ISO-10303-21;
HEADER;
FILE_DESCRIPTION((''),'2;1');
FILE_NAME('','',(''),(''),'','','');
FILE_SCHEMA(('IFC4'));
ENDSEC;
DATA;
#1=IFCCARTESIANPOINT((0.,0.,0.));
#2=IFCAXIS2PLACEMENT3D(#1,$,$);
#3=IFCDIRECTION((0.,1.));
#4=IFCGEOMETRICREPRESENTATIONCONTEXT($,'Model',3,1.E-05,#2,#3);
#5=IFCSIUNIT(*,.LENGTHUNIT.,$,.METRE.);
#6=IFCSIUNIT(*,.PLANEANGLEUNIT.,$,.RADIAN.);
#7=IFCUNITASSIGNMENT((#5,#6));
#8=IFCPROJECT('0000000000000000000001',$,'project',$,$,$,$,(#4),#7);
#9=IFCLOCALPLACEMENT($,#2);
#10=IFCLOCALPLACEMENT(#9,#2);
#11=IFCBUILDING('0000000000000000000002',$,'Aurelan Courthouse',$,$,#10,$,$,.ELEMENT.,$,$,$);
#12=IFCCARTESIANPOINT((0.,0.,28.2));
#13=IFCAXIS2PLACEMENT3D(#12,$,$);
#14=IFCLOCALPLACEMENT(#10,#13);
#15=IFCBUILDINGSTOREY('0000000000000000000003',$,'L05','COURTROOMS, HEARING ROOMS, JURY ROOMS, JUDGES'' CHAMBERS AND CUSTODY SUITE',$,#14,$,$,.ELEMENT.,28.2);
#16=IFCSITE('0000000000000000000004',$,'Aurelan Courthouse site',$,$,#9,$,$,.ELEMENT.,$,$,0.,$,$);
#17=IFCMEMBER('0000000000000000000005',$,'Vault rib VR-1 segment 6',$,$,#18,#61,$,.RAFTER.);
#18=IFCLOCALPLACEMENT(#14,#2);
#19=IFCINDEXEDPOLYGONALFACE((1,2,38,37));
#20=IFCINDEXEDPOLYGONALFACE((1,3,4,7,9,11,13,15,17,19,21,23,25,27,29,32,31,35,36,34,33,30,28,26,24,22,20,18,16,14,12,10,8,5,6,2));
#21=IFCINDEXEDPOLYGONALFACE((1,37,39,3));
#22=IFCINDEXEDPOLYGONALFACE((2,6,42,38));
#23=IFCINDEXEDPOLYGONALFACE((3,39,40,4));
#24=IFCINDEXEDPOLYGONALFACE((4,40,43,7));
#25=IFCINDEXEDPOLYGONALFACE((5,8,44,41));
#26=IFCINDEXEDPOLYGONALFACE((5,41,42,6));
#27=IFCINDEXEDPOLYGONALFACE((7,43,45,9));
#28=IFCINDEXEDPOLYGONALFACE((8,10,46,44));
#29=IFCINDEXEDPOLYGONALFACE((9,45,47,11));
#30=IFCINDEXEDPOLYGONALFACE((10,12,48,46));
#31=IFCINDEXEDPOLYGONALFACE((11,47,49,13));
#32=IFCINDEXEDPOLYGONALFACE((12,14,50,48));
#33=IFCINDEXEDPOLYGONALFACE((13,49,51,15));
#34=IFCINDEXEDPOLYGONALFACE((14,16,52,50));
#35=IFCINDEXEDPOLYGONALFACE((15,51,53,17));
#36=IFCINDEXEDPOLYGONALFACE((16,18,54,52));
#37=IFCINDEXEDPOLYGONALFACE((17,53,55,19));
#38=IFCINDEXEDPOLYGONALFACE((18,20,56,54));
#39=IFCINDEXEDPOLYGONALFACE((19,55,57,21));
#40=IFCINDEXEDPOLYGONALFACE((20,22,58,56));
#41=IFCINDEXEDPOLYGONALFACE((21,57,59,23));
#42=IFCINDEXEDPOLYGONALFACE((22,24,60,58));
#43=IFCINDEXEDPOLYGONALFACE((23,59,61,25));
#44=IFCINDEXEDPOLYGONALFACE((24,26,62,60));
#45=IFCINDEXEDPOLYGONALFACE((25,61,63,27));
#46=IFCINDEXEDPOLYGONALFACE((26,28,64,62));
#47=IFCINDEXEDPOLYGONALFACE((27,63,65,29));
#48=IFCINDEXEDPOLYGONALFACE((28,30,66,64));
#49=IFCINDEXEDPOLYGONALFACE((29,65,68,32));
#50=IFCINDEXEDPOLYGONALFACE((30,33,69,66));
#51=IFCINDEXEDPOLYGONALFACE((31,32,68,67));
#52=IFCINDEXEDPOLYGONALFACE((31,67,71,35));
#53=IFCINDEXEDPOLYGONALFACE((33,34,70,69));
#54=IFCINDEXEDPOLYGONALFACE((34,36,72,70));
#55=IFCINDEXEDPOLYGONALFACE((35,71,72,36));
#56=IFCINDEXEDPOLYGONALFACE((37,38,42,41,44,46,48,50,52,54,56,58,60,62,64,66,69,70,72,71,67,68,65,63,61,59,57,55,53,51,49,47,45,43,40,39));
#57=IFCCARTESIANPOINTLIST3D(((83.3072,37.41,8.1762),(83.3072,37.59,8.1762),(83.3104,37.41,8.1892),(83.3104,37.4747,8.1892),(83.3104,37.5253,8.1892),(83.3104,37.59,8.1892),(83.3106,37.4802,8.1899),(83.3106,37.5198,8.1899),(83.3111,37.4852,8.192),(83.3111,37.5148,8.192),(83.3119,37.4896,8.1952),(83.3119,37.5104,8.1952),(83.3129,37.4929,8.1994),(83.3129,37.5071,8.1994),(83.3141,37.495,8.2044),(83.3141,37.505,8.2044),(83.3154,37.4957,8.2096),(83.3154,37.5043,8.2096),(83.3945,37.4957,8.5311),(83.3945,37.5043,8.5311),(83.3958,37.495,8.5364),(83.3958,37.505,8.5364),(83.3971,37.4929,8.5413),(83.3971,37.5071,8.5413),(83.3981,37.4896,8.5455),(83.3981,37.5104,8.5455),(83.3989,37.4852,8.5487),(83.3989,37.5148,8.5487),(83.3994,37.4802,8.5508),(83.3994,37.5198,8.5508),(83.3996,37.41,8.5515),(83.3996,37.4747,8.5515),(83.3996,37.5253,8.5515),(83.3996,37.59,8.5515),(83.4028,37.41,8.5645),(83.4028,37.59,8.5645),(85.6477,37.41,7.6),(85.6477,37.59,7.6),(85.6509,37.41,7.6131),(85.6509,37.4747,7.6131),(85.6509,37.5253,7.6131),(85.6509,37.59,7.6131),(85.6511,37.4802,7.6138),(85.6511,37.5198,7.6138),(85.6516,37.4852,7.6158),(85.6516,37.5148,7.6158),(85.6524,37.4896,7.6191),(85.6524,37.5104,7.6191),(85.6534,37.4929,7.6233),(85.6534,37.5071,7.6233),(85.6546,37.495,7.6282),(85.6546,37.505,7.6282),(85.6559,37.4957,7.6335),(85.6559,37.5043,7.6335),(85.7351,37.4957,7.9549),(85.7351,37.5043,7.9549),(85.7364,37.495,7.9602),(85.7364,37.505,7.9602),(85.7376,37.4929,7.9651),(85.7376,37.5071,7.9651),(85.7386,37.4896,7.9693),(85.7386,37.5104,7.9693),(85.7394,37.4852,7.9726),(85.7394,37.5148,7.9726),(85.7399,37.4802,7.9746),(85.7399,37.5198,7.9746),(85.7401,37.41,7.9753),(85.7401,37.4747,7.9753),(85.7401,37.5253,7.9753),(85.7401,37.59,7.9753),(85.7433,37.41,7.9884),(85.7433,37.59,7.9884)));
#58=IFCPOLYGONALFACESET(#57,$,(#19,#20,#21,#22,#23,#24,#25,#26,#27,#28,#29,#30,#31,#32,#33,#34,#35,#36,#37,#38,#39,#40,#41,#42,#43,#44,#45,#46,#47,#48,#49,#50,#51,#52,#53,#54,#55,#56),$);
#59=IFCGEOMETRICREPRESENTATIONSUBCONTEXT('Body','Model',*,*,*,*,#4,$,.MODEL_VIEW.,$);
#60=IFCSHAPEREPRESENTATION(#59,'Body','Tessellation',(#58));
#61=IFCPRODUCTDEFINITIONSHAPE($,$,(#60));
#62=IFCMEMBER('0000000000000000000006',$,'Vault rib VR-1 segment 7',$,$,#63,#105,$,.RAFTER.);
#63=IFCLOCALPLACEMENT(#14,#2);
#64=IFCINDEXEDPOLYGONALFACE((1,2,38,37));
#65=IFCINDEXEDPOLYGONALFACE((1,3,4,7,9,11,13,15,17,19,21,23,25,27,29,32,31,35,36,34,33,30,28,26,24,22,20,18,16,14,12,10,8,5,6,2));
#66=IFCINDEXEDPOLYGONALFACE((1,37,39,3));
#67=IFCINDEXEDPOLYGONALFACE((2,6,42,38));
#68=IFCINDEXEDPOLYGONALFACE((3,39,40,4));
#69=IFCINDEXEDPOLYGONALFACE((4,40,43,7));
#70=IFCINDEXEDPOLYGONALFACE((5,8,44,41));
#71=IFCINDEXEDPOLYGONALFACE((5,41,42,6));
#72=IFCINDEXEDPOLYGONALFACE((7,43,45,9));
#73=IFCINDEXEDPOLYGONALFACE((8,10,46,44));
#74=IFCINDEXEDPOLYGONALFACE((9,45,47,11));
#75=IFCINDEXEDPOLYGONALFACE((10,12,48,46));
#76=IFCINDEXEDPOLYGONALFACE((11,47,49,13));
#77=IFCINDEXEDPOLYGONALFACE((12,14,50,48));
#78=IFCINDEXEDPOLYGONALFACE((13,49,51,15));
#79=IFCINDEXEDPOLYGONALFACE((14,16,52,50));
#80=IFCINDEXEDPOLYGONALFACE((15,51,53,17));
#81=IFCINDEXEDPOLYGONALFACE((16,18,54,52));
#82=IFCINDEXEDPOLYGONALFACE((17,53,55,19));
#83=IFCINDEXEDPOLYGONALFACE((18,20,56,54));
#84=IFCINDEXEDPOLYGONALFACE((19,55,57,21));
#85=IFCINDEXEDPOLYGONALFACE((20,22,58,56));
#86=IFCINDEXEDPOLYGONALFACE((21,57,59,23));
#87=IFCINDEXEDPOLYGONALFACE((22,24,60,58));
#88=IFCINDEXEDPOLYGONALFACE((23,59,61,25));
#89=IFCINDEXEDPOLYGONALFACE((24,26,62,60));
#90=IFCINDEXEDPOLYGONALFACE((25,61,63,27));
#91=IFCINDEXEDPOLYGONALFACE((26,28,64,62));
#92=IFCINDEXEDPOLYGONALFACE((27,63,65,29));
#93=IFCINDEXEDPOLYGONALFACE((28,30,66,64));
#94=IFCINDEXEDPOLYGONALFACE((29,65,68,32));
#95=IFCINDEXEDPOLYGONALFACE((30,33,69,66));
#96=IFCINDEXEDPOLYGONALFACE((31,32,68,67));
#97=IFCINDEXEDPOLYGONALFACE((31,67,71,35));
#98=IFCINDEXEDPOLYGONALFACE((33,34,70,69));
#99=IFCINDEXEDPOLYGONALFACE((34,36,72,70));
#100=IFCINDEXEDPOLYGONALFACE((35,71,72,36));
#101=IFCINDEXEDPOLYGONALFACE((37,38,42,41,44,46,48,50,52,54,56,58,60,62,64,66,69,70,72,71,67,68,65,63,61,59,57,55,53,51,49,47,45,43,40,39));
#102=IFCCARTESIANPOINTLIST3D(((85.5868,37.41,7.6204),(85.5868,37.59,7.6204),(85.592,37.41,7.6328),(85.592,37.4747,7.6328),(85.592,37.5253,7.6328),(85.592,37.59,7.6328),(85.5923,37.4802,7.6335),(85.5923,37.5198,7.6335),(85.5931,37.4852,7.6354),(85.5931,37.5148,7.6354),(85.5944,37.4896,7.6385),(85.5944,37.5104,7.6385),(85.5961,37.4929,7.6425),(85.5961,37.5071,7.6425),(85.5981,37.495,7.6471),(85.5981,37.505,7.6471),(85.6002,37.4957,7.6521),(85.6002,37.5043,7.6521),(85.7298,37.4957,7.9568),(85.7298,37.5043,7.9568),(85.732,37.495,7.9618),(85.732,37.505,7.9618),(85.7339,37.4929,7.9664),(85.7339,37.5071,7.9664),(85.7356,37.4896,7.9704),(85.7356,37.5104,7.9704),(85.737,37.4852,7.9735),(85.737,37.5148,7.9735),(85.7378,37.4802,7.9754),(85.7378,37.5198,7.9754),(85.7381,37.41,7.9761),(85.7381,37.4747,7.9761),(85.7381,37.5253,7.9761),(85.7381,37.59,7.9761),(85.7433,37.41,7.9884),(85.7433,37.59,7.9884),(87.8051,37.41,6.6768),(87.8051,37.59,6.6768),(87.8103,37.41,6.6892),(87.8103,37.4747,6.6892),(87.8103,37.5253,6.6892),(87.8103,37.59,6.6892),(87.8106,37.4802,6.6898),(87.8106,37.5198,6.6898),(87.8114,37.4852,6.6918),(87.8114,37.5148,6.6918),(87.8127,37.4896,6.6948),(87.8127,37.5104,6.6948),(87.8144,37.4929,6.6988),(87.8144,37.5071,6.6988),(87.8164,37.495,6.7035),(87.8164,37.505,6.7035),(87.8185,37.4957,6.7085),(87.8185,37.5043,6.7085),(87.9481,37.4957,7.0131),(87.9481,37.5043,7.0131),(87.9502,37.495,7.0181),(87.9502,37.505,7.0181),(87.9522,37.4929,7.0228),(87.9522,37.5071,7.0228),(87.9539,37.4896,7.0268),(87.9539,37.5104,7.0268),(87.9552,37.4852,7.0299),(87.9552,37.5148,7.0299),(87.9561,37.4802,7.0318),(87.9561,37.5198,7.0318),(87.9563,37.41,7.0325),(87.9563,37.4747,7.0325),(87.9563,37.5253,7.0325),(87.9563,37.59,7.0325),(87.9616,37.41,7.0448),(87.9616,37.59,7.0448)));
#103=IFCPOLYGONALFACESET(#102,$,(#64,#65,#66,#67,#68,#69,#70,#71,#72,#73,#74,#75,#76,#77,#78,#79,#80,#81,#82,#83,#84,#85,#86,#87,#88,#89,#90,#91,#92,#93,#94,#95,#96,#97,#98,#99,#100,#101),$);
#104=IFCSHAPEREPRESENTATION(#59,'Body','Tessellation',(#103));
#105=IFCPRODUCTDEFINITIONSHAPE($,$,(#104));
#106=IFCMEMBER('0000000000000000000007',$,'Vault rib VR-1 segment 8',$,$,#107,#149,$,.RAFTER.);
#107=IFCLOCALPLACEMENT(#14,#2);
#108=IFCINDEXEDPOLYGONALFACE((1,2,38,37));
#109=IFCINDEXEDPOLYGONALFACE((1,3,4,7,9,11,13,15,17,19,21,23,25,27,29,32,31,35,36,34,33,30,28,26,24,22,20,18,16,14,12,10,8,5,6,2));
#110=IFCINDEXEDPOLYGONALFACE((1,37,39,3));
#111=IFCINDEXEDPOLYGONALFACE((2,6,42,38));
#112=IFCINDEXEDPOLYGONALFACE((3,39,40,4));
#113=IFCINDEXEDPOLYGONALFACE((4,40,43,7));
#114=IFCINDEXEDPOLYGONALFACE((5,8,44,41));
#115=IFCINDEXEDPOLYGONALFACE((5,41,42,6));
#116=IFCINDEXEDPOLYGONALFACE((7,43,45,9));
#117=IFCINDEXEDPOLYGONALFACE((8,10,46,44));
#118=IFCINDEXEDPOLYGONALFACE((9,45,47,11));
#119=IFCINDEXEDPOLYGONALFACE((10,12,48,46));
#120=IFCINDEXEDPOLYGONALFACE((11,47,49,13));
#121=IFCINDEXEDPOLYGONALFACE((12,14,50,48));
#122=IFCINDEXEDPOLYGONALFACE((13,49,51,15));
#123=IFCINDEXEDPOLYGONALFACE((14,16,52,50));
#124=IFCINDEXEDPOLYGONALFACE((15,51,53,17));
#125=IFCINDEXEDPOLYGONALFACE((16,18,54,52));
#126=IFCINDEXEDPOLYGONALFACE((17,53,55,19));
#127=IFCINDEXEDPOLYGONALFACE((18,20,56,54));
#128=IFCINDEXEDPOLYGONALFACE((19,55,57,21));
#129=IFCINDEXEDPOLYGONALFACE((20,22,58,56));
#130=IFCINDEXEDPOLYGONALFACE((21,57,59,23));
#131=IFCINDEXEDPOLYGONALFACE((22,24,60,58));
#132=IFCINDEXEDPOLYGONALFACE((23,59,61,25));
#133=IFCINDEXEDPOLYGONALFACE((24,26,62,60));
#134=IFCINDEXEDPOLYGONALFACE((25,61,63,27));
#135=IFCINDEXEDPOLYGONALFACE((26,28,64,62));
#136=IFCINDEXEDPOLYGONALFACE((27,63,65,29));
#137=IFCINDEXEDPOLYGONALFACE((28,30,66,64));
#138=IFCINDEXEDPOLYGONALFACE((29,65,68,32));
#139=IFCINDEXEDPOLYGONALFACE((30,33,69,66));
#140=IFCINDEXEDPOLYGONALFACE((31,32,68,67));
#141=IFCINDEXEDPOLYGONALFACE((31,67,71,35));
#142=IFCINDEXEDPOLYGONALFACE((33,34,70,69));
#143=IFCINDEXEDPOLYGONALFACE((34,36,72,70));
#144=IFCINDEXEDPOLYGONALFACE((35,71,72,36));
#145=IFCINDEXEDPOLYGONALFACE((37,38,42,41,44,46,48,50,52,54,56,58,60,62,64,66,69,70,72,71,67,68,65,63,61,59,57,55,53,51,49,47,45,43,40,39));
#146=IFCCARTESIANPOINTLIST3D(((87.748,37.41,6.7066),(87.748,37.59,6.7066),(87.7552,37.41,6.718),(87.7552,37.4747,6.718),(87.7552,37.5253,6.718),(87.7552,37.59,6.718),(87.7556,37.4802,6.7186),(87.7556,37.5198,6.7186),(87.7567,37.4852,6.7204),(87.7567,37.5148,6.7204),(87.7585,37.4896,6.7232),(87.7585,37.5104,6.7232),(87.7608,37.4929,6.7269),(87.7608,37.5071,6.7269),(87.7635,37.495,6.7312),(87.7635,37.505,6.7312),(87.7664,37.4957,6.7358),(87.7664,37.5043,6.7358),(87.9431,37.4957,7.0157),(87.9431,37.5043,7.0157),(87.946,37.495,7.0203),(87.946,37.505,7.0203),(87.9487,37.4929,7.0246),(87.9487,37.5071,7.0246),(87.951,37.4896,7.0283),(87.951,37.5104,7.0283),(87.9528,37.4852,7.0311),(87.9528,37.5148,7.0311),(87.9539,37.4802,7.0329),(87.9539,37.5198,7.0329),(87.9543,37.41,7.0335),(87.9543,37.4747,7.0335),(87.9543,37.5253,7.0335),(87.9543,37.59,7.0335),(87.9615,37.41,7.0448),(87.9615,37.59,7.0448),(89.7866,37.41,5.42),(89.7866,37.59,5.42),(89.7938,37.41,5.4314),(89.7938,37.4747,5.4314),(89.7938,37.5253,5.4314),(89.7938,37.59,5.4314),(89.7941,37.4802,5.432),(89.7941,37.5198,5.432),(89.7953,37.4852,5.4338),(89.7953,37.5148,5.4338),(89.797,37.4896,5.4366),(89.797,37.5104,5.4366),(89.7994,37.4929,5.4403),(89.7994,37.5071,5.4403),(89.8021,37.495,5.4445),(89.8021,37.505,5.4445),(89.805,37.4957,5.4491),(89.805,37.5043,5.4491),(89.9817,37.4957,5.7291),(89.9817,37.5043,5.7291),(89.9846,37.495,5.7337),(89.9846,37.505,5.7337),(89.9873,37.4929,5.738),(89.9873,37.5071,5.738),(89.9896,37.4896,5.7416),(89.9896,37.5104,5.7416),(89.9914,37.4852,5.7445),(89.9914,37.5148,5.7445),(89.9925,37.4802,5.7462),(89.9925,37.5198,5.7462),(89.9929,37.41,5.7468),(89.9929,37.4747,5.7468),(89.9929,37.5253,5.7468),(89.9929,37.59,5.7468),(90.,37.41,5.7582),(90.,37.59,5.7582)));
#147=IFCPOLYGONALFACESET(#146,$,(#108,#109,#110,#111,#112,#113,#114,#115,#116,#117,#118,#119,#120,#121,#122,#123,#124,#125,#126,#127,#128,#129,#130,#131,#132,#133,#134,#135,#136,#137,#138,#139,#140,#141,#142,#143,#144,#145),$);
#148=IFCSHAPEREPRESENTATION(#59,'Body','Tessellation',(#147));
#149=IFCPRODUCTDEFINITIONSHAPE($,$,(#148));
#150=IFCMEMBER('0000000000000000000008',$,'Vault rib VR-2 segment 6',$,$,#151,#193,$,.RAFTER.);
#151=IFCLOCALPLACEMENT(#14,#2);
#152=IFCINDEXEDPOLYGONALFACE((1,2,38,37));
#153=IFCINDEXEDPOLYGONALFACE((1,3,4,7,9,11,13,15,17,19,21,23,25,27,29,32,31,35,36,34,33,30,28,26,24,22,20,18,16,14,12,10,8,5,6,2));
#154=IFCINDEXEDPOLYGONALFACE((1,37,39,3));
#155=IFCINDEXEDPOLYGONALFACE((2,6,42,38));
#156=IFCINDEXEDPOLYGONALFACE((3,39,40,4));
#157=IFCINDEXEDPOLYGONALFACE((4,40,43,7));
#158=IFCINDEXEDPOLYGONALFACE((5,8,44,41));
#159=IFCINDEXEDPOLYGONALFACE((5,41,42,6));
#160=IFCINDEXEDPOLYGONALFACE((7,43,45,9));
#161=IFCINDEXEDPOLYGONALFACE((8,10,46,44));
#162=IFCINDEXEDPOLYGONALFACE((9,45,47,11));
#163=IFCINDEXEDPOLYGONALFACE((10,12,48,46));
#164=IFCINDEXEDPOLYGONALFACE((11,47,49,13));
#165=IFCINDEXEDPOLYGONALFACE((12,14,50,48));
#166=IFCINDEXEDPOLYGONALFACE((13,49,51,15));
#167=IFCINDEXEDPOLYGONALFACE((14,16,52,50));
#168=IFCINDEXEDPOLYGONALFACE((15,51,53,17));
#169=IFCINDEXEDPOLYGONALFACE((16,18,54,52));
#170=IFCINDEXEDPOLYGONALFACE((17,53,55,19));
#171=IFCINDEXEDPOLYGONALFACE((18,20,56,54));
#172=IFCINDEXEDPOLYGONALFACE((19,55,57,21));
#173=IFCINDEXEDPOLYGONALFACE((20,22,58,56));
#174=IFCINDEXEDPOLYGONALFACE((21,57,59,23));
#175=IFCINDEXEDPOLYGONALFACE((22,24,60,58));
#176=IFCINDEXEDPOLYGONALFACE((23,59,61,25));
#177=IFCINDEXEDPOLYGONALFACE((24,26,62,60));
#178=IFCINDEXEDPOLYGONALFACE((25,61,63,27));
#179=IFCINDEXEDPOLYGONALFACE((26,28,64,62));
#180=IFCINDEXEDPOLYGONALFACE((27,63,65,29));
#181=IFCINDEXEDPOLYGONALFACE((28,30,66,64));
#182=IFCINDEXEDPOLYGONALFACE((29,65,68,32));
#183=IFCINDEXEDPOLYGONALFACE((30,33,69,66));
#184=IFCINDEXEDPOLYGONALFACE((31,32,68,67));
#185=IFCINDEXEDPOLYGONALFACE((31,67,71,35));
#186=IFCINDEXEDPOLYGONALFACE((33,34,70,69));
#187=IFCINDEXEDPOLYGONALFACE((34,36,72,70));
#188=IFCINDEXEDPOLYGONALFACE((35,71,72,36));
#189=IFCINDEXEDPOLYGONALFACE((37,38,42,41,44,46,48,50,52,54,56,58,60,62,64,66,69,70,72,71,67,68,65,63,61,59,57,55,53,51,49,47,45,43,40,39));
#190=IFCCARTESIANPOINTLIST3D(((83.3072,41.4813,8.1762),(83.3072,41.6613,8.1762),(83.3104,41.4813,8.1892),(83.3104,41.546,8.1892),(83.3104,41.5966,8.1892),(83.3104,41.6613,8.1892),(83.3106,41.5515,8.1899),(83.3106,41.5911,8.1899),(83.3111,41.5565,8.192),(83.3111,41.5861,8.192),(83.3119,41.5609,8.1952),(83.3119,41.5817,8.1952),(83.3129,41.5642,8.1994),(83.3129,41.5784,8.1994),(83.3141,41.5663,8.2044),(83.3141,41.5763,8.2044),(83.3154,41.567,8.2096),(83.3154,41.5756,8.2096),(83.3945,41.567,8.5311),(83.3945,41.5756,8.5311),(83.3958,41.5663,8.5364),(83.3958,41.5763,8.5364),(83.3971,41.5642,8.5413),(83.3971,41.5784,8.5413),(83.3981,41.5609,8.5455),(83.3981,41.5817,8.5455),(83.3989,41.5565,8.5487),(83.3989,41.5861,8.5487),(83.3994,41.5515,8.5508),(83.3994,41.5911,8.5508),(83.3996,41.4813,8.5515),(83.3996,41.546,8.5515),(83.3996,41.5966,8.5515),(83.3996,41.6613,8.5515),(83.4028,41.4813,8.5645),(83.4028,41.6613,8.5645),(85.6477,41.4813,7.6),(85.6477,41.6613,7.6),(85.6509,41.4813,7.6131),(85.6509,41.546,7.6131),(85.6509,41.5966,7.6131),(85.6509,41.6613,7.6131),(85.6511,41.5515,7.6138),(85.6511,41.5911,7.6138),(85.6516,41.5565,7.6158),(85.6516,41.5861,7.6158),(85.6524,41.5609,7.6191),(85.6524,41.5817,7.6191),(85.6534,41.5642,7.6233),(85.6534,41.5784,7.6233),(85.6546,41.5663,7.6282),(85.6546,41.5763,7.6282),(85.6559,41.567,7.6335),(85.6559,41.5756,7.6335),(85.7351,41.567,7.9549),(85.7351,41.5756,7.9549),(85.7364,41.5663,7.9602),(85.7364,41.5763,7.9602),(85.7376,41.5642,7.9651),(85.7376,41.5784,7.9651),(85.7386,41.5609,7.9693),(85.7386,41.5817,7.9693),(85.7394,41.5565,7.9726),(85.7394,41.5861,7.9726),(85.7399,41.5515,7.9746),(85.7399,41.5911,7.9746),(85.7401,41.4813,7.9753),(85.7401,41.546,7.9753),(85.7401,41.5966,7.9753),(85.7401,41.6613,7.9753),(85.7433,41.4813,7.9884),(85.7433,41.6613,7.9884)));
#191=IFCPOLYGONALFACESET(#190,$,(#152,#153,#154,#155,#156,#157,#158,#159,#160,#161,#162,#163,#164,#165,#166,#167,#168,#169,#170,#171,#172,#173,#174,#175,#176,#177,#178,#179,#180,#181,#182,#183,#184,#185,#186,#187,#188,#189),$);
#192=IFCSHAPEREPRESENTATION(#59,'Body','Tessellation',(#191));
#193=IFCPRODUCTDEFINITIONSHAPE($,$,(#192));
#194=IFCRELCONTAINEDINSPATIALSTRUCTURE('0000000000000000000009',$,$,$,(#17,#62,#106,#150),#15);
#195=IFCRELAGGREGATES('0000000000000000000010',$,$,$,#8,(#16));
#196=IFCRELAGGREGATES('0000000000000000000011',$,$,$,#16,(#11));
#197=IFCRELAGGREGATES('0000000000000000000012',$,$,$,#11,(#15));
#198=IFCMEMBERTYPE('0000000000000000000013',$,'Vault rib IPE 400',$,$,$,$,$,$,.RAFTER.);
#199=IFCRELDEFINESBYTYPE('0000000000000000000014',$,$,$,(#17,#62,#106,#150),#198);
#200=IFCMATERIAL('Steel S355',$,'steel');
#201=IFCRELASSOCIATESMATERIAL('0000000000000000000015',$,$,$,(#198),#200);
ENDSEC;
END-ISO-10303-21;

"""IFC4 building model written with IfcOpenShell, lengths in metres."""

from ifc_helpers import new_model, si_unit, direction, frame, origin, origin_2d, place, context, subcontext, project, spatial, i_section, extrude, material, material_profile, profile_set, type_object, element, save


model = new_model("IFC4")

# Units and contexts
model_context = context("Model", 3, precision=1e-05, world=origin(), true_north=direction((0.0, 1.0)))
body_context = subcontext(model_context, "Body", "Model", "MODEL_VIEW")
ifc_project = project(units=[si_unit("LENGTHUNIT", "METRE"), si_unit("PLANEANGLEUNIT", "RADIAN")], contexts=[model_context])

# Site, building, storey
site_placement = place(None, origin())
site = spatial("IfcSite", under=ifc_project, at=site_placement, Name="Aurelan Courthouse site", CompositionType="ELEMENT", RefElevation=0.0)
building_placement = place(site_placement, origin())
building = spatial("IfcBuilding", under=site, at=building_placement, Name="Aurelan Courthouse", CompositionType="ELEMENT")
storey_placement = place(building_placement, frame((0.0, 0.0, 28.2)))
storey = spatial("IfcBuildingStorey", under=building, at=storey_placement, Name="L05", Description="COURTROOMS, HEARING ROOMS, JURY ROOMS, JUDGES' CHAMBERS AND CUSTODY SUITE", CompositionType="ELEMENT", Elevation=28.2)

# Members
ifc_material_1 = material(Name="Steel S355", Category="steel")
ifc_material_profile_1 = material_profile(ifc_material_1, i_section(OverallWidth=0.1799, OverallDepth=0.3999, WebThickness=0.0085, FlangeThickness=0.0134, FilletRadius=0.021, at=origin_2d()), Name="IPE 400")
ifc_profile_set_1 = profile_set([ifc_material_profile_1], Name="Steel S355")
member_type_1 = type_object("IfcMemberType", Name="Vault rib IPE 400", PredefinedType="RAFTER", material=ifc_profile_set_1)
member_1_placement = place(storey_placement, frame((83.355, 37.5, 8.3704), z_axis=(0.971012, 0.0, -0.239031), x_axis=(0.0, 1.0, 0.0)))
element("IfcMember", 1, at=member_1_placement, inside=storey, type_object=member_type_1, Name="Vault rib VR-1 segment 6", PredefinedType="RAFTER", context=body_context, shape_type="SweptSolid", body=[
    extrude(i_section(OverallWidth=0.1799, OverallDepth=0.3999, WebThickness=0.0085, FlangeThickness=0.0134, FilletRadius=0.021, at=origin_2d()), origin(), (0.0, 0.0, 1.0), 2.4104),
])
for number, where, z_axis, x_axis, name in (
    (2, (85.665, 37.5, 7.8044), (0.920205, 0.0, -0.391437), (0.0, 1.0, 0.0), "Vault rib VR-1 segment 7"),
    (3, (87.8547, 37.5, 6.8757), (0.845657, 0.0, -0.533726), (0.0, 1.0, 0.0), "Vault rib VR-1 segment 8"),
):
    element("IfcMember", number, at=place(storey_placement, frame(where, z_axis=z_axis, x_axis=x_axis)), inside=storey, type_object=member_type_1, Name=name, PredefinedType="RAFTER", context=body_context, shape_type="SweptSolid", body=[
        extrude(i_section(OverallWidth=0.1799, OverallDepth=0.3999, WebThickness=0.0085, FlangeThickness=0.0134, FilletRadius=0.021, at=origin_2d()), origin(), (0.0, 0.0, 1.0), 2.4106),
    ])
member_2_placement = place(storey_placement, frame((83.355, 41.5713, 8.3704), z_axis=(0.971012, 0.0, -0.239031), x_axis=(0.0, 1.0, 0.0)))
element("IfcMember", 4, at=member_2_placement, inside=storey, type_object=member_type_1, Name="Vault rib VR-2 segment 6", PredefinedType="RAFTER", context=body_context, shape_type="SweptSolid", body=[
    extrude(i_section(OverallWidth=0.1799, OverallDepth=0.3999, WebThickness=0.0085, FlangeThickness=0.0134, FilletRadius=0.021, at=origin_2d()), origin(), (0.0, 0.0, 1.0), 2.4104),
])

save(model, "model.ifc")
